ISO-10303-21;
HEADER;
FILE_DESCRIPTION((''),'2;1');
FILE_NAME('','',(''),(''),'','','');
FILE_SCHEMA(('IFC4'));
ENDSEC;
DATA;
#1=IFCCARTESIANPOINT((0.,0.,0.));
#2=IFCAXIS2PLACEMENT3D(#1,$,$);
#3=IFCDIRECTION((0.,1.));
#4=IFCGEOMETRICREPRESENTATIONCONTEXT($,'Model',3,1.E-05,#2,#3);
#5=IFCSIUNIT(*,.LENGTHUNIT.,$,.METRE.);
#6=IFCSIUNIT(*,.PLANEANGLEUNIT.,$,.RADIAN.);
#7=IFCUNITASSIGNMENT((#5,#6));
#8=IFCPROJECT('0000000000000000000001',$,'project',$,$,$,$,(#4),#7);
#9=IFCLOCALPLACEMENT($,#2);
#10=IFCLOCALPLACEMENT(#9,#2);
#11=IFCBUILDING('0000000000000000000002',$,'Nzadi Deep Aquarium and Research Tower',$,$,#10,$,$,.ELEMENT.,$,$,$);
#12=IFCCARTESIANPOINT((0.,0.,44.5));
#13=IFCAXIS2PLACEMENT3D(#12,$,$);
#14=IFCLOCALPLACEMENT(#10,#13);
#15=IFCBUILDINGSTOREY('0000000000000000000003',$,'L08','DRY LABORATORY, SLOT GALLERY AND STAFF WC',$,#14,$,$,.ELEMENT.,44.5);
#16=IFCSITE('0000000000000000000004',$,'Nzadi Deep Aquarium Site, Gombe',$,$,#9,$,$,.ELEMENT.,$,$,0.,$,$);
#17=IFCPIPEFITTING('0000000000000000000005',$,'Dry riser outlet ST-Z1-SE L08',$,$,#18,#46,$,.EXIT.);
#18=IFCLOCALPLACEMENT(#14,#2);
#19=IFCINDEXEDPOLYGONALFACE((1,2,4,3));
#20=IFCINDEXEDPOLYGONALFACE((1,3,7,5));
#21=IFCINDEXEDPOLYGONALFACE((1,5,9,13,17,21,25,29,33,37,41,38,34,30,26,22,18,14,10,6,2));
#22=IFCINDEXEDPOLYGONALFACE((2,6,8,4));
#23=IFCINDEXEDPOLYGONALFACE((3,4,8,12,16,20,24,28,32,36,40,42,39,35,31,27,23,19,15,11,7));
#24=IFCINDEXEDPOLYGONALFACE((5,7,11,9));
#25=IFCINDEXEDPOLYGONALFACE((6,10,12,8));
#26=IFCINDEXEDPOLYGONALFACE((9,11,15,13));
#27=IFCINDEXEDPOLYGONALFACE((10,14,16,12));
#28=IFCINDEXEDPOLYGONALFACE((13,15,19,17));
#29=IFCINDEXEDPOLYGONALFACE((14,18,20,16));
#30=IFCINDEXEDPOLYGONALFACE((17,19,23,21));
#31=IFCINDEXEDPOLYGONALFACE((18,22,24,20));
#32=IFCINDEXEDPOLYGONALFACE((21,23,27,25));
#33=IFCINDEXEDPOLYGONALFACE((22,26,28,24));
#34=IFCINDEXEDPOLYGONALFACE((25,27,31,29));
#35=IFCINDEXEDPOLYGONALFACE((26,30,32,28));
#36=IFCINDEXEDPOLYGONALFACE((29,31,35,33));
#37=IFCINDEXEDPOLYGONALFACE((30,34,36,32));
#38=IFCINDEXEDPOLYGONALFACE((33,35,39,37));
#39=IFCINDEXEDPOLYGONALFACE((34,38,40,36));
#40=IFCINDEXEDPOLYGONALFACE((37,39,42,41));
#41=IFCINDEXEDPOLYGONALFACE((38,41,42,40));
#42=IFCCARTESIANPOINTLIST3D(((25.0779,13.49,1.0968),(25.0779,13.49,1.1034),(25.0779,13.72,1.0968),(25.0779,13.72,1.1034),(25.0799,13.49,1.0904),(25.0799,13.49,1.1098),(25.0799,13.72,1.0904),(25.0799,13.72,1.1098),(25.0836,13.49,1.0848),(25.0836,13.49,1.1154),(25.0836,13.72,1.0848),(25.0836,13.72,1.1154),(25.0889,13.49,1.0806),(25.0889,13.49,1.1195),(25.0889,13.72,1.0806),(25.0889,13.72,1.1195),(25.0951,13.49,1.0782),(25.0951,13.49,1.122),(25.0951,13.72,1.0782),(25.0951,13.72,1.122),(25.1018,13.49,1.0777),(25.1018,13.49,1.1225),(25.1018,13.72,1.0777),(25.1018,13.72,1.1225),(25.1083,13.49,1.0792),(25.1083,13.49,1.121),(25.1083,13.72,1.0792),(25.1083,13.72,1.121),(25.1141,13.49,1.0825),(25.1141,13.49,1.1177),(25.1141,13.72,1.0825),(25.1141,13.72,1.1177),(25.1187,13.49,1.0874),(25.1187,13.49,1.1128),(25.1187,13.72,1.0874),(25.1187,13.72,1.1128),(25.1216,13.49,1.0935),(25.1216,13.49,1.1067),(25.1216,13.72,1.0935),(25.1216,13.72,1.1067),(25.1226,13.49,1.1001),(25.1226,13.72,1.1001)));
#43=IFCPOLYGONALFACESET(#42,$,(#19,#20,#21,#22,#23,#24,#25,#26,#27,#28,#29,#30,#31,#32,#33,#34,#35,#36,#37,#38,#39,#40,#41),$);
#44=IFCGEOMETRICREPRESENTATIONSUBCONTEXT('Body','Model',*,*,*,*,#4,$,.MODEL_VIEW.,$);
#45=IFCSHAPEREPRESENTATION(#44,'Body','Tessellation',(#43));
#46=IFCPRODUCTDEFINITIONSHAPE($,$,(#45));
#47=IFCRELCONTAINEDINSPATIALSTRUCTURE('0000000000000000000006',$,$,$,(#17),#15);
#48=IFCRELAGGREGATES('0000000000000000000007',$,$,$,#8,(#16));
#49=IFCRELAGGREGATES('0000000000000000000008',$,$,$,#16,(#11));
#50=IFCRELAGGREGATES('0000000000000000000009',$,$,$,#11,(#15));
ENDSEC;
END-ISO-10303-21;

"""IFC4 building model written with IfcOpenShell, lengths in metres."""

from ifc_helpers import new_model, si_unit, direction, frame, origin, origin_2d, place, context, subcontext, project, spatial, circle, extrude, element, save


model = new_model("IFC4")

# Units and contexts
model_context = context("Model", 3, precision=1e-05, world=origin(), true_north=direction((0.0, 1.0)))
body_context = subcontext(model_context, "Body", "Model", "MODEL_VIEW")
ifc_project = project(units=[si_unit("LENGTHUNIT", "METRE"), si_unit("PLANEANGLEUNIT", "RADIAN")], contexts=[model_context])

# Site, building, storey
site_placement = place(None, origin())
site = spatial("IfcSite", under=ifc_project, at=site_placement, Name="Nzadi Deep Aquarium Site, Gombe", CompositionType="ELEMENT", RefElevation=0.0)
building_placement = place(site_placement, origin())
building = spatial("IfcBuilding", under=site, at=building_placement, Name="Nzadi Deep Aquarium and Research Tower", CompositionType="ELEMENT")
storey_placement = place(building_placement, frame((0.0, 0.0, 44.5)))
storey = spatial("IfcBuildingStorey", under=building, at=storey_placement, Name="L08", Description="DRY LABORATORY, SLOT GALLERY AND STAFF WC", CompositionType="ELEMENT", Elevation=44.5)

# Pipe fitting
pipe_fitting_placement = place(storey_placement, frame((25.1001, 13.72, 1.1001), z_axis=(0.0, -1.0, 0.0), x_axis=(1.0, 0.0, 0.0)))
element("IfcPipeFitting", 1, at=pipe_fitting_placement, inside=storey, Name="Dry riser outlet ST-Z1-SE L08", PredefinedType="EXIT", context=body_context, shape_type="SweptSolid", body=[
    extrude(circle(Radius=0.0225, at=origin_2d()), origin(), (0.0, 0.0, 1.0), 0.23),
])

save(model, "model.ifc")
